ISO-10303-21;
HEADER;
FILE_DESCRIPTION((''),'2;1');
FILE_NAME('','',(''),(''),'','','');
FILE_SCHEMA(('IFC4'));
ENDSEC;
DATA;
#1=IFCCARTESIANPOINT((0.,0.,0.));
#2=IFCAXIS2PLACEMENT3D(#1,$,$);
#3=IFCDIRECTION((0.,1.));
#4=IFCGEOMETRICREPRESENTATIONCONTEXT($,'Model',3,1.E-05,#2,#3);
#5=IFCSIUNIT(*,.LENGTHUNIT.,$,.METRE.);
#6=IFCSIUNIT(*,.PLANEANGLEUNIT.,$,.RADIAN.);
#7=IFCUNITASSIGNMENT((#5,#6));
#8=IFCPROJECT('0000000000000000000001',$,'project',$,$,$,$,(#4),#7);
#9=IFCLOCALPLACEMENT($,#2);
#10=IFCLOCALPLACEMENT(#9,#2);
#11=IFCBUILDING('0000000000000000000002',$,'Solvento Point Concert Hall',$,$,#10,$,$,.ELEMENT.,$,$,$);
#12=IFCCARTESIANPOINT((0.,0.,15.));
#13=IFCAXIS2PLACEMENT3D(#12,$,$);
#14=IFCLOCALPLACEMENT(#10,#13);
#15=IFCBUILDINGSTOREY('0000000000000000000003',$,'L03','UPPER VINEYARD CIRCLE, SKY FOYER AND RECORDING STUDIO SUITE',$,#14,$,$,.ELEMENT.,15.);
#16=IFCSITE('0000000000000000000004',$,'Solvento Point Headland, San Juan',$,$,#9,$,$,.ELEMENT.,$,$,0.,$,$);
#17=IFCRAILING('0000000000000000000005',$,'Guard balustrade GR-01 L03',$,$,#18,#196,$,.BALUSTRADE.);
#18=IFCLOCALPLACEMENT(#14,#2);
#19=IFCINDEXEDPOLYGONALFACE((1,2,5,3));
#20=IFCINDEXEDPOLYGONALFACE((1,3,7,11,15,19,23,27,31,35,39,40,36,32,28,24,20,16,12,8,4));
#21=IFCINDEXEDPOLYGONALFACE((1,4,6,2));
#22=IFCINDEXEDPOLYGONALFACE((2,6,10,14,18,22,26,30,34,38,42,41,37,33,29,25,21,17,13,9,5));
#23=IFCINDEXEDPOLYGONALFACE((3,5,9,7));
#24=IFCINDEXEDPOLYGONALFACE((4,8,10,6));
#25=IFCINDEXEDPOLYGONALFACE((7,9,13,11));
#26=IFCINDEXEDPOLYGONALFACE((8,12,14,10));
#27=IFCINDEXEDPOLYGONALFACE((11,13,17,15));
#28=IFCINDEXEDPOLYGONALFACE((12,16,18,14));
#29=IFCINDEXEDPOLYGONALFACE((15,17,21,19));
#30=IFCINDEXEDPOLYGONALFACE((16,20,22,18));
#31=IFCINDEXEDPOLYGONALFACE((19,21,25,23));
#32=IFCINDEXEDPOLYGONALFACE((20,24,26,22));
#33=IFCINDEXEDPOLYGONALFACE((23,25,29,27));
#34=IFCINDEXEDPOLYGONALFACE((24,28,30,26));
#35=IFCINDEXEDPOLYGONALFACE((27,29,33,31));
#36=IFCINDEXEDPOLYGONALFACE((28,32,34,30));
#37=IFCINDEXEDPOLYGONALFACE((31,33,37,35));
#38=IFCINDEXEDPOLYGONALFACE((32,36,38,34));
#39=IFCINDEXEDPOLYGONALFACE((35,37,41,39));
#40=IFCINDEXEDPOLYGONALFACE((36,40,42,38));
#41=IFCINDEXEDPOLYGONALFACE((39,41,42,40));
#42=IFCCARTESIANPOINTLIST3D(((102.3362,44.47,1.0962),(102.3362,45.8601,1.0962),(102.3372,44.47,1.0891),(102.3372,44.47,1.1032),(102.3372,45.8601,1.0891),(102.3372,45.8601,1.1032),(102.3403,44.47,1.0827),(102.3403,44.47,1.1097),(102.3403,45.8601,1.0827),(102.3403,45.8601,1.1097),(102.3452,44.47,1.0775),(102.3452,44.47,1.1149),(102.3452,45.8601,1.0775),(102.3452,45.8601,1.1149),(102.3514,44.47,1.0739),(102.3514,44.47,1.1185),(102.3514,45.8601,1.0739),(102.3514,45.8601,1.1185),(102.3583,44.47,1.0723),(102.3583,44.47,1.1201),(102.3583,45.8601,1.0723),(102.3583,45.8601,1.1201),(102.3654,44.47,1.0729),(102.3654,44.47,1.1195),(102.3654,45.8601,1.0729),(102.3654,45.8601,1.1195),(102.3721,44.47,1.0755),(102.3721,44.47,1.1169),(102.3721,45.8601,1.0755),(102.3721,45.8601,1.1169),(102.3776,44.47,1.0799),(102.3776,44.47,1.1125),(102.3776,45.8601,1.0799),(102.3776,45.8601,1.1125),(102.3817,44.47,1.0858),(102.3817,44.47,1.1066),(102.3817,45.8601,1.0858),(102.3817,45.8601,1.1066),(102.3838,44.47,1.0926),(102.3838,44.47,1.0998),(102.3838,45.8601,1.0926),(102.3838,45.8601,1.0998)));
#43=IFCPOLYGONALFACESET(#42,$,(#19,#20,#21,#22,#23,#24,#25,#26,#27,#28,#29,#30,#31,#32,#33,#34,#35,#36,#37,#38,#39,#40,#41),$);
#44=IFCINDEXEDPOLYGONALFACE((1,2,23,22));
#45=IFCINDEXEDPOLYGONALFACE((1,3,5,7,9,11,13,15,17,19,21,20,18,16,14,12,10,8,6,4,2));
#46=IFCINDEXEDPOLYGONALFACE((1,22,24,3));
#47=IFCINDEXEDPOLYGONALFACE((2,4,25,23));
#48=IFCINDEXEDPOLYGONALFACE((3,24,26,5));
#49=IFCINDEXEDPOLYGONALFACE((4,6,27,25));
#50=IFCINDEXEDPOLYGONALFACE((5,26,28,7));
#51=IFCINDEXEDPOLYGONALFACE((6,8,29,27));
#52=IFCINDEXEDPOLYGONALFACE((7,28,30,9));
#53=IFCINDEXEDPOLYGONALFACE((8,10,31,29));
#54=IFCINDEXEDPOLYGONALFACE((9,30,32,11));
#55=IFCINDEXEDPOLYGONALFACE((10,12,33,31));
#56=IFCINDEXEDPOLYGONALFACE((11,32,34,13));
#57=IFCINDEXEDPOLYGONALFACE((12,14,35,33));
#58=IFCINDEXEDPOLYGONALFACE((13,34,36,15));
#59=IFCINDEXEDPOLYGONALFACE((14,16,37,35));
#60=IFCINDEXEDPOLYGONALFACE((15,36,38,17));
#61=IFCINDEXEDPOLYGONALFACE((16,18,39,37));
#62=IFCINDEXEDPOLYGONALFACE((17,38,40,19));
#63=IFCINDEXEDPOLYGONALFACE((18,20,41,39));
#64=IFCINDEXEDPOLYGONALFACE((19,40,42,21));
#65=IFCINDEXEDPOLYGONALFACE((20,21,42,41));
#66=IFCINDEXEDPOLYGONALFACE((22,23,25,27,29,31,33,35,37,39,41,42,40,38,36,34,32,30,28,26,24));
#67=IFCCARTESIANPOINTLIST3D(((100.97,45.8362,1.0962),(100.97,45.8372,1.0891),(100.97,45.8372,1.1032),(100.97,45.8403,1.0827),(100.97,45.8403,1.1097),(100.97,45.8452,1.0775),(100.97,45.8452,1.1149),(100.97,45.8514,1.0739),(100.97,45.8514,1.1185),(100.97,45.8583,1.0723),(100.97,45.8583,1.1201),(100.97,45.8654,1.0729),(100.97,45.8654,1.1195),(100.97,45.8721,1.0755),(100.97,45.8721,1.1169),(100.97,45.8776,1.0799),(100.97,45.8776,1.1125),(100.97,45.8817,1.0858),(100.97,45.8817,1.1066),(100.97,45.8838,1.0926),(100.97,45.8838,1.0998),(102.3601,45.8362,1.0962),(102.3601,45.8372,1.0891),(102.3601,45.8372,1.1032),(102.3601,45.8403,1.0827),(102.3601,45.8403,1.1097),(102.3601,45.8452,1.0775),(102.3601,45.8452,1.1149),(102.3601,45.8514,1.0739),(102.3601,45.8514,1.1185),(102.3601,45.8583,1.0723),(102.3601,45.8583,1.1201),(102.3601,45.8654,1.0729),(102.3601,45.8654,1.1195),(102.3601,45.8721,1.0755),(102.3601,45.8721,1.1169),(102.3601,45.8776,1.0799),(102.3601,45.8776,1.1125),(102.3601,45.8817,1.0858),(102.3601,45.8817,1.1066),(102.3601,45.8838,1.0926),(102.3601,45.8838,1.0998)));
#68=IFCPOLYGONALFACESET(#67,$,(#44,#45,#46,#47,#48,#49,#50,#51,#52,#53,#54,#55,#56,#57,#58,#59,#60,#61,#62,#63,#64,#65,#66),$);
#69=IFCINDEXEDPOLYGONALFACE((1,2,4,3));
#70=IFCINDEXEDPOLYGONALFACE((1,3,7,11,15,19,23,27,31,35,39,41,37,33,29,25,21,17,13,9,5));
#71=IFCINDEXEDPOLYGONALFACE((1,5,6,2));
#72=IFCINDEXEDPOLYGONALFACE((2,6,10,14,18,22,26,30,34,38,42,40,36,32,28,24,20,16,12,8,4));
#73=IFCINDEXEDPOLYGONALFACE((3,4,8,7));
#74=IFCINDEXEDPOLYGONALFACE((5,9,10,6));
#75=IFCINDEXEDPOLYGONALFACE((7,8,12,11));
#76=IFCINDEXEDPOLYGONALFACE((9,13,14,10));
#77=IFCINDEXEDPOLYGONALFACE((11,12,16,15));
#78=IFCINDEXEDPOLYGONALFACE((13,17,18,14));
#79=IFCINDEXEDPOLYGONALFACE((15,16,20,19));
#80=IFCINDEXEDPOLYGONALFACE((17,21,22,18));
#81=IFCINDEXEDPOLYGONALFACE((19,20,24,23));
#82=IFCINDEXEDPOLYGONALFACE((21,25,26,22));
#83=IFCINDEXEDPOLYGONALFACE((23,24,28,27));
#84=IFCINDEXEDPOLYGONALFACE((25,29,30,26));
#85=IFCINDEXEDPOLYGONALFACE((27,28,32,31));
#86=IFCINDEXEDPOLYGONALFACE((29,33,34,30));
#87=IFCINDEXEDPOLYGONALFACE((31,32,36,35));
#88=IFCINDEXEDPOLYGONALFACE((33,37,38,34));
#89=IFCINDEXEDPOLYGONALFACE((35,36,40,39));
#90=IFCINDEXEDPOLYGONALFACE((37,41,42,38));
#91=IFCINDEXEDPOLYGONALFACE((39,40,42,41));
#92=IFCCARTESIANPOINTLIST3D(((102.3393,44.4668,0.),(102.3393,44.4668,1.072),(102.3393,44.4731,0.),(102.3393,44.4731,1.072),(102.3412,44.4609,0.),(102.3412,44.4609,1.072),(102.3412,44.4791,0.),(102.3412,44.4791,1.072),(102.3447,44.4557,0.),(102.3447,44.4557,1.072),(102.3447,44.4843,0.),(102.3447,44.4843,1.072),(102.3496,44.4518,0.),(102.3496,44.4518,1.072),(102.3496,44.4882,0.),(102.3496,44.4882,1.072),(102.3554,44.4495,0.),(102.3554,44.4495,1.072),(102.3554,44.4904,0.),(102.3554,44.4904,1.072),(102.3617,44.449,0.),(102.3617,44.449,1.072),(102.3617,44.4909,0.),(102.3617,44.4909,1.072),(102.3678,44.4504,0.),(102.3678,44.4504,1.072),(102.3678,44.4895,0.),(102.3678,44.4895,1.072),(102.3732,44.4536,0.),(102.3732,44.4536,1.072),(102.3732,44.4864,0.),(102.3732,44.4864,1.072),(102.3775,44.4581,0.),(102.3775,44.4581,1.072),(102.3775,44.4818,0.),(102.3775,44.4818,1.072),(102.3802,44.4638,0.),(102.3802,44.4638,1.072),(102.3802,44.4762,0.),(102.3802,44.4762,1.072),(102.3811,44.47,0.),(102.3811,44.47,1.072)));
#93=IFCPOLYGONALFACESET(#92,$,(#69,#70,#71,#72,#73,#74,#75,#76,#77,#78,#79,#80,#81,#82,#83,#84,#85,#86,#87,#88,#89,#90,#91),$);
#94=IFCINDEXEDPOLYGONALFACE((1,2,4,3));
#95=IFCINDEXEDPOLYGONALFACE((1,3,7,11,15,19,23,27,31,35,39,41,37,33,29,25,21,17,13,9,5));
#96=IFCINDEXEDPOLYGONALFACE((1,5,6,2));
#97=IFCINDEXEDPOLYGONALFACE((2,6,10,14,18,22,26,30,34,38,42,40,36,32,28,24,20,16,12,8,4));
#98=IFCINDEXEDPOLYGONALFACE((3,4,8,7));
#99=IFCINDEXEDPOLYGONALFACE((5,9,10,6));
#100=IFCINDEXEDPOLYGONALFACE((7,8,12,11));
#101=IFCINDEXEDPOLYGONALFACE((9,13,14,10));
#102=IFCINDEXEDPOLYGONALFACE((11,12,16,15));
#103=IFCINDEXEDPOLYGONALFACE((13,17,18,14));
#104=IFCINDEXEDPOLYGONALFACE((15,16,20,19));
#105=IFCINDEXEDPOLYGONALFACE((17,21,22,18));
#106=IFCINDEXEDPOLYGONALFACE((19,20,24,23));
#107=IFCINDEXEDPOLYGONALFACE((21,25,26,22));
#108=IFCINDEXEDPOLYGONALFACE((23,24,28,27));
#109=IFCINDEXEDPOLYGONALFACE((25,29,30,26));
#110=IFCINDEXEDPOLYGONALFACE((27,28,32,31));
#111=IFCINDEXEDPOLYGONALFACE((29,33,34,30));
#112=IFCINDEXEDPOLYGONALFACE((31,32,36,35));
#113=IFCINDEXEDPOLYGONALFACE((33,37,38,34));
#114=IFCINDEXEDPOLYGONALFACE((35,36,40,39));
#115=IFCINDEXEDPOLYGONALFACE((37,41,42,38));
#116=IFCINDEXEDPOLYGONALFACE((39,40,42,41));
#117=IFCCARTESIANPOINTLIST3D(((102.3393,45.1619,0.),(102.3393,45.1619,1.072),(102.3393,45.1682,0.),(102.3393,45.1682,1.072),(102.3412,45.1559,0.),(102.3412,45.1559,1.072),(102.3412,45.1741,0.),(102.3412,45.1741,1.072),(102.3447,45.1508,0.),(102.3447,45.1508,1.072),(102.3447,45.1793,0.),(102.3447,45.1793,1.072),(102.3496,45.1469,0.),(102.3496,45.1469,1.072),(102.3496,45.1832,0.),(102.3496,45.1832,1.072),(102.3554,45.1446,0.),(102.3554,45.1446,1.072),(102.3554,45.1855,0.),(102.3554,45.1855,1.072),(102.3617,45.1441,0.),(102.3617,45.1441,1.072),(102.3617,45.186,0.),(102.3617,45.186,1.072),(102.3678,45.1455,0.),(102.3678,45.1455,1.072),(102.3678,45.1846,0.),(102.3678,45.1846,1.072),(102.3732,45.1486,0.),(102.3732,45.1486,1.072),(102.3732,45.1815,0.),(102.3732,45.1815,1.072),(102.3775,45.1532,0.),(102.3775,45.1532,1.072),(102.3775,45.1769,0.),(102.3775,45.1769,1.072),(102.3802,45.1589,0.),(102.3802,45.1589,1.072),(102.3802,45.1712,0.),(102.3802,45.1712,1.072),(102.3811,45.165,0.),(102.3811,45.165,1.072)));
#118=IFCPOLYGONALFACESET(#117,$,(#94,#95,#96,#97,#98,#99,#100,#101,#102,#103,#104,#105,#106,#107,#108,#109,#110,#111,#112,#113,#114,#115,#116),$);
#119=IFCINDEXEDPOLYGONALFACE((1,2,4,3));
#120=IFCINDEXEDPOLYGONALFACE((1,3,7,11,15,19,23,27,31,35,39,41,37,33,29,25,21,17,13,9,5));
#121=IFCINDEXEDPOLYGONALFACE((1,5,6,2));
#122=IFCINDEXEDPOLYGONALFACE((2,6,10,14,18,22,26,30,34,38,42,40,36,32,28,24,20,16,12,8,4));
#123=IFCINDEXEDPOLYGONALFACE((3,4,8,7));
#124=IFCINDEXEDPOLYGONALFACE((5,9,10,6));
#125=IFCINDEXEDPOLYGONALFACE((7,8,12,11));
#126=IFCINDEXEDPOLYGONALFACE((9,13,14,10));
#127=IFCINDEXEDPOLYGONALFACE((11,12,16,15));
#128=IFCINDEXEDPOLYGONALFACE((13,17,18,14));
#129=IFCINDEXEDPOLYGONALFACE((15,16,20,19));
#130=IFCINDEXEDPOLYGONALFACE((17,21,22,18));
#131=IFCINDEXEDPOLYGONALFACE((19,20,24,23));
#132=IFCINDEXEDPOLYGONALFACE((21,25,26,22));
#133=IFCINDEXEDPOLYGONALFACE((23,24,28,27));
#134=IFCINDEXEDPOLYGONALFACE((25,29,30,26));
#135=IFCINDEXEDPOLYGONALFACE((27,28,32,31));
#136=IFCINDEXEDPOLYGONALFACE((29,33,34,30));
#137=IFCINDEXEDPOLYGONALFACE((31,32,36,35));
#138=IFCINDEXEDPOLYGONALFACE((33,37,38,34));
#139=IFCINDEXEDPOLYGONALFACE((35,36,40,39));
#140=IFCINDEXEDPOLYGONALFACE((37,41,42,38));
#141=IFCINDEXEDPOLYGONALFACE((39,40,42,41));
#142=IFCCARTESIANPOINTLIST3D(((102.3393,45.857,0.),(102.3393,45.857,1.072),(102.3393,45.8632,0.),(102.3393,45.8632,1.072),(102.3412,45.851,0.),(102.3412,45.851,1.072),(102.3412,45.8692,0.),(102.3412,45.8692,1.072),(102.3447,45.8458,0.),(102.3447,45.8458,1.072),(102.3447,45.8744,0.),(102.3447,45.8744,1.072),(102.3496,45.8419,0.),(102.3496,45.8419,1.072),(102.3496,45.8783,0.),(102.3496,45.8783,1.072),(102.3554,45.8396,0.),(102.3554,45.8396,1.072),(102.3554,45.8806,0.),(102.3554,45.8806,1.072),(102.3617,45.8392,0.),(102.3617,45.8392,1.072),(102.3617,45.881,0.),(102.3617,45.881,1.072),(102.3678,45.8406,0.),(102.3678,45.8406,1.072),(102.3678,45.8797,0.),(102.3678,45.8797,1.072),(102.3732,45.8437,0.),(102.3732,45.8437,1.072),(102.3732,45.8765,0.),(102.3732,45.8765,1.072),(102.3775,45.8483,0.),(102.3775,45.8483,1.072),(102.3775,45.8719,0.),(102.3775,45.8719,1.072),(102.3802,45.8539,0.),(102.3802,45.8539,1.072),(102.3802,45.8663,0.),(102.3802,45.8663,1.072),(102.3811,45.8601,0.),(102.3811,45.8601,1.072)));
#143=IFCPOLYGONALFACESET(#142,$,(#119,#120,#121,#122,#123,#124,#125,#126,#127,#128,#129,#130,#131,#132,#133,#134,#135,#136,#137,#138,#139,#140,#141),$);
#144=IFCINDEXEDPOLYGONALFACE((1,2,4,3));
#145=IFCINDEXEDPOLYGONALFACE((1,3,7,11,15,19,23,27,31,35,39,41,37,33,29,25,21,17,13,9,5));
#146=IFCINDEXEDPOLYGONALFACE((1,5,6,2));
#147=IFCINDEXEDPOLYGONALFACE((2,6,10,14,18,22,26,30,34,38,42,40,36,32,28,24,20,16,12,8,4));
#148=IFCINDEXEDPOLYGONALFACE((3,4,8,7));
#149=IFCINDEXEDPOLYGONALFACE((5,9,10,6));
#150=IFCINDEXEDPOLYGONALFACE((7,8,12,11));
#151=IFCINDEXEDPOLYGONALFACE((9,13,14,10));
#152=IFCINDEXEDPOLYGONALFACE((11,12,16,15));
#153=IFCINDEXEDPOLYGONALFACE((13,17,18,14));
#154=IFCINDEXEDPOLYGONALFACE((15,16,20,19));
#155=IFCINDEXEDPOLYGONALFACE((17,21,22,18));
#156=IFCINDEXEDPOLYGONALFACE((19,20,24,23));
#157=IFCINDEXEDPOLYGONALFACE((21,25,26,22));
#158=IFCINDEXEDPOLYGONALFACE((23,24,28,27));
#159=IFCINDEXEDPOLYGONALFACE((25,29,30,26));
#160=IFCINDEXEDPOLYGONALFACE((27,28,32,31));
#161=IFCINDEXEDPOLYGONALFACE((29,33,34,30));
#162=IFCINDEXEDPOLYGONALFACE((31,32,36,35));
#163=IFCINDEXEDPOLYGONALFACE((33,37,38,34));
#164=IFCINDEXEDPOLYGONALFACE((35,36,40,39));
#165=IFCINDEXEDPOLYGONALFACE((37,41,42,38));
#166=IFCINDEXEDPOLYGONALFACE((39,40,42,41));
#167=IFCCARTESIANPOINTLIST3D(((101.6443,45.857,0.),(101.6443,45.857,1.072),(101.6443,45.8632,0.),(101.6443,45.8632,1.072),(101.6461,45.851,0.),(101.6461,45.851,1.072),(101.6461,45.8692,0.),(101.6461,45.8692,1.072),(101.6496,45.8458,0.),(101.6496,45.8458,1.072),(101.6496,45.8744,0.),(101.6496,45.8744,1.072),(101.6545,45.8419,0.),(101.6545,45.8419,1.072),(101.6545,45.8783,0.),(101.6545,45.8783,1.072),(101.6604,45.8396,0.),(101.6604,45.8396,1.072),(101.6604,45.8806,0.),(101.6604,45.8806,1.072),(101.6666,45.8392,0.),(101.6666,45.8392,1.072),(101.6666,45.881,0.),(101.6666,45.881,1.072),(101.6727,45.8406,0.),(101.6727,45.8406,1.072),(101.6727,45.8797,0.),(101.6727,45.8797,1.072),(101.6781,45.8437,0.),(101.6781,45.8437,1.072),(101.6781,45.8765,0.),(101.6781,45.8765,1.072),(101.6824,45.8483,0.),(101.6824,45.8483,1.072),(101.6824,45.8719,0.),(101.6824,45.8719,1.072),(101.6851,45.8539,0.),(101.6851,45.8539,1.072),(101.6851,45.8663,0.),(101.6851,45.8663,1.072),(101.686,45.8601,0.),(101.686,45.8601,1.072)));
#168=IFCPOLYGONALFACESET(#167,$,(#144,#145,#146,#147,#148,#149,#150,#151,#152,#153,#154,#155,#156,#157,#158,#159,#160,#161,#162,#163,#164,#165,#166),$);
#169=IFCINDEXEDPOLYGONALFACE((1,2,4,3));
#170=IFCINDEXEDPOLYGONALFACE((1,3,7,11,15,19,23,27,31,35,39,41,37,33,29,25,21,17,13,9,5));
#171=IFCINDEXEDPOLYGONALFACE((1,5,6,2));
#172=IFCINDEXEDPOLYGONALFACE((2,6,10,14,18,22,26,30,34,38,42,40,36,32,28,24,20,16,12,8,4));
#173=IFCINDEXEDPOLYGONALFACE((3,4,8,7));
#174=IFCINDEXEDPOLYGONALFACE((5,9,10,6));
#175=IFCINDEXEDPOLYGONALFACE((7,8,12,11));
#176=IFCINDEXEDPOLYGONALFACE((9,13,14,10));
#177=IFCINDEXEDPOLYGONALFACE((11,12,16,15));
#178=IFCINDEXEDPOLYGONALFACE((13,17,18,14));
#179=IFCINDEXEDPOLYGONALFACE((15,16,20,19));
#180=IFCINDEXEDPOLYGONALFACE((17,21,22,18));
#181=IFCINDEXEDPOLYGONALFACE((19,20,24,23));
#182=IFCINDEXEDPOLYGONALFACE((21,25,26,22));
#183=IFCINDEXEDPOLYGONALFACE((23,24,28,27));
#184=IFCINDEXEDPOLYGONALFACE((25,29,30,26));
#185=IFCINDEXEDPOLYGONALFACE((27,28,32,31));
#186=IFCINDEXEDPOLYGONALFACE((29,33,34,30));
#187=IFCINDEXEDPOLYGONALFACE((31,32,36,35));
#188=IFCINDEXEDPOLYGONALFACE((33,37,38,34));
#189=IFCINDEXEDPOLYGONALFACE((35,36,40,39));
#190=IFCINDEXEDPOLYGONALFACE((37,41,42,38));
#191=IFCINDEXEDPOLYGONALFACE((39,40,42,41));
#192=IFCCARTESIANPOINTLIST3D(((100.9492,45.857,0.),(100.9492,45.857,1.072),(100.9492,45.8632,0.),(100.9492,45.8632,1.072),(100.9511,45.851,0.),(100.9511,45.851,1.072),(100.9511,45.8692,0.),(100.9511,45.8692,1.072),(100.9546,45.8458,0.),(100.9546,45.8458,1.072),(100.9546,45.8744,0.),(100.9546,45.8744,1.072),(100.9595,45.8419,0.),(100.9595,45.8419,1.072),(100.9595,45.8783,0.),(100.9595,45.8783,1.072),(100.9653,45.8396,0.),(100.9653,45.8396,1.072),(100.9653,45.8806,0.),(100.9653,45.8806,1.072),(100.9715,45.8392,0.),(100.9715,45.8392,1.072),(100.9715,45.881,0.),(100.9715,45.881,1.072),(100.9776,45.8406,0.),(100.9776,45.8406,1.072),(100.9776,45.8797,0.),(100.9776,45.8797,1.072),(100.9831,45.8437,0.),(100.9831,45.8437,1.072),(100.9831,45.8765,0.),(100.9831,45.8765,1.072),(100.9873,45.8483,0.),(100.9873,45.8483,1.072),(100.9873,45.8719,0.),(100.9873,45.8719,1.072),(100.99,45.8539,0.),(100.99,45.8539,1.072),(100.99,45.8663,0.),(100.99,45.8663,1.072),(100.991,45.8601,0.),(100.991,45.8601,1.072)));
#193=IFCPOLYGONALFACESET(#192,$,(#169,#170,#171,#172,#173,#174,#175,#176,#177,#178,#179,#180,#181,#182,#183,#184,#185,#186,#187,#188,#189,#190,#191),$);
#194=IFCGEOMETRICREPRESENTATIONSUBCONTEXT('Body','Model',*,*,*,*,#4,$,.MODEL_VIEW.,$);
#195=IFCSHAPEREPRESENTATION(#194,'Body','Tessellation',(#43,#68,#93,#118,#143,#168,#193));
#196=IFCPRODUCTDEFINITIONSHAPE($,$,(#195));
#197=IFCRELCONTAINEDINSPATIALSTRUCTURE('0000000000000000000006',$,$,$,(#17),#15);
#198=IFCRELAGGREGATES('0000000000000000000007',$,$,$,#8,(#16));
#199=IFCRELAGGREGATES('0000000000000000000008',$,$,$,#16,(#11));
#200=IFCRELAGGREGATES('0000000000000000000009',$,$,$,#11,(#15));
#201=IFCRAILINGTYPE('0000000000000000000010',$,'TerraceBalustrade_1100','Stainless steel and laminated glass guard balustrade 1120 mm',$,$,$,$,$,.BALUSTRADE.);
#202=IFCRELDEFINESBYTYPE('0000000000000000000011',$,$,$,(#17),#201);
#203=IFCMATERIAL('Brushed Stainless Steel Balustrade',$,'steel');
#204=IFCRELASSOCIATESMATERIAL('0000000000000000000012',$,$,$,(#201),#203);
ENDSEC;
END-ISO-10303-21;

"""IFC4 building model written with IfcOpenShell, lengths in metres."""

from ifc_helpers import new_model, si_unit, direction, frame, origin, origin_2d, place, context, subcontext, project, spatial, circle, extrude, material, type_object, element, save


model = new_model("IFC4")

# Units and contexts
model_context = context("Model", 3, precision=1e-05, world=origin(), true_north=direction((0.0, 1.0)))
body_context = subcontext(model_context, "Body", "Model", "MODEL_VIEW")
ifc_project = project(units=[si_unit("LENGTHUNIT", "METRE"), si_unit("PLANEANGLEUNIT", "RADIAN")], contexts=[model_context])

# Site, building, storey
site_placement = place(None, origin())
site = spatial("IfcSite", under=ifc_project, at=site_placement, Name="Solvento Point Headland, San Juan", CompositionType="ELEMENT", RefElevation=0.0)
building_placement = place(site_placement, origin())
building = spatial("IfcBuilding", under=site, at=building_placement, Name="Solvento Point Concert Hall", CompositionType="ELEMENT")
storey_placement = place(building_placement, frame((0.0, 0.0, 15.0)))
storey = spatial("IfcBuildingStorey", under=building, at=storey_placement, Name="L03", Description="UPPER VINEYARD CIRCLE, SKY FOYER AND RECORDING STUDIO SUITE", CompositionType="ELEMENT", Elevation=15.0)

# Railing
ifc_material_1 = material(Name="Brushed Stainless Steel Balustrade", Category="steel")
railing_type_1 = type_object("IfcRailingType", Name="TerraceBalustrade_1100", Description="Stainless steel and laminated glass guard balustrade 1120 mm", PredefinedType="BALUSTRADE", material=ifc_material_1)
railing_1_placement = place(storey_placement, frame((102.3601, 44.47, 0.0)))
element("IfcRailing", 1, at=railing_1_placement, inside=storey, type_object=railing_type_1, Name="Guard balustrade GR-01 L03", PredefinedType="BALUSTRADE", context=body_context, shape_type="SweptSolid", body=[
    extrude(circle(Radius=0.0239, at=origin_2d()), frame((0.0, 0.0, 1.0962), z_axis=(0.0, 1.0, 0.0), x_axis=(-1.0, 0.0, 0.0)), (0.0, 0.0, 1.0), 1.3901),
    extrude(circle(Radius=0.0239, at=origin_2d()), frame((0.0, 1.3901, 1.0962), z_axis=(-1.0, 0.0, 0.0), x_axis=(0.0, -1.0, 0.0)), (0.0, 0.0, 1.0), 1.3901),
    extrude(circle(Radius=0.021, at=origin_2d()), origin(), (0.0, 0.0, 1.0), 1.072),
    extrude(circle(Radius=0.021, at=origin_2d()), frame((0.0, 0.6951, 0.0)), (0.0, 0.0, 1.0), 1.072),
    extrude(circle(Radius=0.021, at=origin_2d()), frame((0.0, 1.3901, 0.0)), (0.0, 0.0, 1.0), 1.072),
    extrude(circle(Radius=0.021, at=origin_2d()), frame((-0.6951, 1.3901, 0.0)), (0.0, 0.0, 1.0), 1.072),
    extrude(circle(Radius=0.021, at=origin_2d()), frame((-1.3901, 1.3901, 0.0)), (0.0, 0.0, 1.0), 1.072),
])

save(model, "model.ifc")
